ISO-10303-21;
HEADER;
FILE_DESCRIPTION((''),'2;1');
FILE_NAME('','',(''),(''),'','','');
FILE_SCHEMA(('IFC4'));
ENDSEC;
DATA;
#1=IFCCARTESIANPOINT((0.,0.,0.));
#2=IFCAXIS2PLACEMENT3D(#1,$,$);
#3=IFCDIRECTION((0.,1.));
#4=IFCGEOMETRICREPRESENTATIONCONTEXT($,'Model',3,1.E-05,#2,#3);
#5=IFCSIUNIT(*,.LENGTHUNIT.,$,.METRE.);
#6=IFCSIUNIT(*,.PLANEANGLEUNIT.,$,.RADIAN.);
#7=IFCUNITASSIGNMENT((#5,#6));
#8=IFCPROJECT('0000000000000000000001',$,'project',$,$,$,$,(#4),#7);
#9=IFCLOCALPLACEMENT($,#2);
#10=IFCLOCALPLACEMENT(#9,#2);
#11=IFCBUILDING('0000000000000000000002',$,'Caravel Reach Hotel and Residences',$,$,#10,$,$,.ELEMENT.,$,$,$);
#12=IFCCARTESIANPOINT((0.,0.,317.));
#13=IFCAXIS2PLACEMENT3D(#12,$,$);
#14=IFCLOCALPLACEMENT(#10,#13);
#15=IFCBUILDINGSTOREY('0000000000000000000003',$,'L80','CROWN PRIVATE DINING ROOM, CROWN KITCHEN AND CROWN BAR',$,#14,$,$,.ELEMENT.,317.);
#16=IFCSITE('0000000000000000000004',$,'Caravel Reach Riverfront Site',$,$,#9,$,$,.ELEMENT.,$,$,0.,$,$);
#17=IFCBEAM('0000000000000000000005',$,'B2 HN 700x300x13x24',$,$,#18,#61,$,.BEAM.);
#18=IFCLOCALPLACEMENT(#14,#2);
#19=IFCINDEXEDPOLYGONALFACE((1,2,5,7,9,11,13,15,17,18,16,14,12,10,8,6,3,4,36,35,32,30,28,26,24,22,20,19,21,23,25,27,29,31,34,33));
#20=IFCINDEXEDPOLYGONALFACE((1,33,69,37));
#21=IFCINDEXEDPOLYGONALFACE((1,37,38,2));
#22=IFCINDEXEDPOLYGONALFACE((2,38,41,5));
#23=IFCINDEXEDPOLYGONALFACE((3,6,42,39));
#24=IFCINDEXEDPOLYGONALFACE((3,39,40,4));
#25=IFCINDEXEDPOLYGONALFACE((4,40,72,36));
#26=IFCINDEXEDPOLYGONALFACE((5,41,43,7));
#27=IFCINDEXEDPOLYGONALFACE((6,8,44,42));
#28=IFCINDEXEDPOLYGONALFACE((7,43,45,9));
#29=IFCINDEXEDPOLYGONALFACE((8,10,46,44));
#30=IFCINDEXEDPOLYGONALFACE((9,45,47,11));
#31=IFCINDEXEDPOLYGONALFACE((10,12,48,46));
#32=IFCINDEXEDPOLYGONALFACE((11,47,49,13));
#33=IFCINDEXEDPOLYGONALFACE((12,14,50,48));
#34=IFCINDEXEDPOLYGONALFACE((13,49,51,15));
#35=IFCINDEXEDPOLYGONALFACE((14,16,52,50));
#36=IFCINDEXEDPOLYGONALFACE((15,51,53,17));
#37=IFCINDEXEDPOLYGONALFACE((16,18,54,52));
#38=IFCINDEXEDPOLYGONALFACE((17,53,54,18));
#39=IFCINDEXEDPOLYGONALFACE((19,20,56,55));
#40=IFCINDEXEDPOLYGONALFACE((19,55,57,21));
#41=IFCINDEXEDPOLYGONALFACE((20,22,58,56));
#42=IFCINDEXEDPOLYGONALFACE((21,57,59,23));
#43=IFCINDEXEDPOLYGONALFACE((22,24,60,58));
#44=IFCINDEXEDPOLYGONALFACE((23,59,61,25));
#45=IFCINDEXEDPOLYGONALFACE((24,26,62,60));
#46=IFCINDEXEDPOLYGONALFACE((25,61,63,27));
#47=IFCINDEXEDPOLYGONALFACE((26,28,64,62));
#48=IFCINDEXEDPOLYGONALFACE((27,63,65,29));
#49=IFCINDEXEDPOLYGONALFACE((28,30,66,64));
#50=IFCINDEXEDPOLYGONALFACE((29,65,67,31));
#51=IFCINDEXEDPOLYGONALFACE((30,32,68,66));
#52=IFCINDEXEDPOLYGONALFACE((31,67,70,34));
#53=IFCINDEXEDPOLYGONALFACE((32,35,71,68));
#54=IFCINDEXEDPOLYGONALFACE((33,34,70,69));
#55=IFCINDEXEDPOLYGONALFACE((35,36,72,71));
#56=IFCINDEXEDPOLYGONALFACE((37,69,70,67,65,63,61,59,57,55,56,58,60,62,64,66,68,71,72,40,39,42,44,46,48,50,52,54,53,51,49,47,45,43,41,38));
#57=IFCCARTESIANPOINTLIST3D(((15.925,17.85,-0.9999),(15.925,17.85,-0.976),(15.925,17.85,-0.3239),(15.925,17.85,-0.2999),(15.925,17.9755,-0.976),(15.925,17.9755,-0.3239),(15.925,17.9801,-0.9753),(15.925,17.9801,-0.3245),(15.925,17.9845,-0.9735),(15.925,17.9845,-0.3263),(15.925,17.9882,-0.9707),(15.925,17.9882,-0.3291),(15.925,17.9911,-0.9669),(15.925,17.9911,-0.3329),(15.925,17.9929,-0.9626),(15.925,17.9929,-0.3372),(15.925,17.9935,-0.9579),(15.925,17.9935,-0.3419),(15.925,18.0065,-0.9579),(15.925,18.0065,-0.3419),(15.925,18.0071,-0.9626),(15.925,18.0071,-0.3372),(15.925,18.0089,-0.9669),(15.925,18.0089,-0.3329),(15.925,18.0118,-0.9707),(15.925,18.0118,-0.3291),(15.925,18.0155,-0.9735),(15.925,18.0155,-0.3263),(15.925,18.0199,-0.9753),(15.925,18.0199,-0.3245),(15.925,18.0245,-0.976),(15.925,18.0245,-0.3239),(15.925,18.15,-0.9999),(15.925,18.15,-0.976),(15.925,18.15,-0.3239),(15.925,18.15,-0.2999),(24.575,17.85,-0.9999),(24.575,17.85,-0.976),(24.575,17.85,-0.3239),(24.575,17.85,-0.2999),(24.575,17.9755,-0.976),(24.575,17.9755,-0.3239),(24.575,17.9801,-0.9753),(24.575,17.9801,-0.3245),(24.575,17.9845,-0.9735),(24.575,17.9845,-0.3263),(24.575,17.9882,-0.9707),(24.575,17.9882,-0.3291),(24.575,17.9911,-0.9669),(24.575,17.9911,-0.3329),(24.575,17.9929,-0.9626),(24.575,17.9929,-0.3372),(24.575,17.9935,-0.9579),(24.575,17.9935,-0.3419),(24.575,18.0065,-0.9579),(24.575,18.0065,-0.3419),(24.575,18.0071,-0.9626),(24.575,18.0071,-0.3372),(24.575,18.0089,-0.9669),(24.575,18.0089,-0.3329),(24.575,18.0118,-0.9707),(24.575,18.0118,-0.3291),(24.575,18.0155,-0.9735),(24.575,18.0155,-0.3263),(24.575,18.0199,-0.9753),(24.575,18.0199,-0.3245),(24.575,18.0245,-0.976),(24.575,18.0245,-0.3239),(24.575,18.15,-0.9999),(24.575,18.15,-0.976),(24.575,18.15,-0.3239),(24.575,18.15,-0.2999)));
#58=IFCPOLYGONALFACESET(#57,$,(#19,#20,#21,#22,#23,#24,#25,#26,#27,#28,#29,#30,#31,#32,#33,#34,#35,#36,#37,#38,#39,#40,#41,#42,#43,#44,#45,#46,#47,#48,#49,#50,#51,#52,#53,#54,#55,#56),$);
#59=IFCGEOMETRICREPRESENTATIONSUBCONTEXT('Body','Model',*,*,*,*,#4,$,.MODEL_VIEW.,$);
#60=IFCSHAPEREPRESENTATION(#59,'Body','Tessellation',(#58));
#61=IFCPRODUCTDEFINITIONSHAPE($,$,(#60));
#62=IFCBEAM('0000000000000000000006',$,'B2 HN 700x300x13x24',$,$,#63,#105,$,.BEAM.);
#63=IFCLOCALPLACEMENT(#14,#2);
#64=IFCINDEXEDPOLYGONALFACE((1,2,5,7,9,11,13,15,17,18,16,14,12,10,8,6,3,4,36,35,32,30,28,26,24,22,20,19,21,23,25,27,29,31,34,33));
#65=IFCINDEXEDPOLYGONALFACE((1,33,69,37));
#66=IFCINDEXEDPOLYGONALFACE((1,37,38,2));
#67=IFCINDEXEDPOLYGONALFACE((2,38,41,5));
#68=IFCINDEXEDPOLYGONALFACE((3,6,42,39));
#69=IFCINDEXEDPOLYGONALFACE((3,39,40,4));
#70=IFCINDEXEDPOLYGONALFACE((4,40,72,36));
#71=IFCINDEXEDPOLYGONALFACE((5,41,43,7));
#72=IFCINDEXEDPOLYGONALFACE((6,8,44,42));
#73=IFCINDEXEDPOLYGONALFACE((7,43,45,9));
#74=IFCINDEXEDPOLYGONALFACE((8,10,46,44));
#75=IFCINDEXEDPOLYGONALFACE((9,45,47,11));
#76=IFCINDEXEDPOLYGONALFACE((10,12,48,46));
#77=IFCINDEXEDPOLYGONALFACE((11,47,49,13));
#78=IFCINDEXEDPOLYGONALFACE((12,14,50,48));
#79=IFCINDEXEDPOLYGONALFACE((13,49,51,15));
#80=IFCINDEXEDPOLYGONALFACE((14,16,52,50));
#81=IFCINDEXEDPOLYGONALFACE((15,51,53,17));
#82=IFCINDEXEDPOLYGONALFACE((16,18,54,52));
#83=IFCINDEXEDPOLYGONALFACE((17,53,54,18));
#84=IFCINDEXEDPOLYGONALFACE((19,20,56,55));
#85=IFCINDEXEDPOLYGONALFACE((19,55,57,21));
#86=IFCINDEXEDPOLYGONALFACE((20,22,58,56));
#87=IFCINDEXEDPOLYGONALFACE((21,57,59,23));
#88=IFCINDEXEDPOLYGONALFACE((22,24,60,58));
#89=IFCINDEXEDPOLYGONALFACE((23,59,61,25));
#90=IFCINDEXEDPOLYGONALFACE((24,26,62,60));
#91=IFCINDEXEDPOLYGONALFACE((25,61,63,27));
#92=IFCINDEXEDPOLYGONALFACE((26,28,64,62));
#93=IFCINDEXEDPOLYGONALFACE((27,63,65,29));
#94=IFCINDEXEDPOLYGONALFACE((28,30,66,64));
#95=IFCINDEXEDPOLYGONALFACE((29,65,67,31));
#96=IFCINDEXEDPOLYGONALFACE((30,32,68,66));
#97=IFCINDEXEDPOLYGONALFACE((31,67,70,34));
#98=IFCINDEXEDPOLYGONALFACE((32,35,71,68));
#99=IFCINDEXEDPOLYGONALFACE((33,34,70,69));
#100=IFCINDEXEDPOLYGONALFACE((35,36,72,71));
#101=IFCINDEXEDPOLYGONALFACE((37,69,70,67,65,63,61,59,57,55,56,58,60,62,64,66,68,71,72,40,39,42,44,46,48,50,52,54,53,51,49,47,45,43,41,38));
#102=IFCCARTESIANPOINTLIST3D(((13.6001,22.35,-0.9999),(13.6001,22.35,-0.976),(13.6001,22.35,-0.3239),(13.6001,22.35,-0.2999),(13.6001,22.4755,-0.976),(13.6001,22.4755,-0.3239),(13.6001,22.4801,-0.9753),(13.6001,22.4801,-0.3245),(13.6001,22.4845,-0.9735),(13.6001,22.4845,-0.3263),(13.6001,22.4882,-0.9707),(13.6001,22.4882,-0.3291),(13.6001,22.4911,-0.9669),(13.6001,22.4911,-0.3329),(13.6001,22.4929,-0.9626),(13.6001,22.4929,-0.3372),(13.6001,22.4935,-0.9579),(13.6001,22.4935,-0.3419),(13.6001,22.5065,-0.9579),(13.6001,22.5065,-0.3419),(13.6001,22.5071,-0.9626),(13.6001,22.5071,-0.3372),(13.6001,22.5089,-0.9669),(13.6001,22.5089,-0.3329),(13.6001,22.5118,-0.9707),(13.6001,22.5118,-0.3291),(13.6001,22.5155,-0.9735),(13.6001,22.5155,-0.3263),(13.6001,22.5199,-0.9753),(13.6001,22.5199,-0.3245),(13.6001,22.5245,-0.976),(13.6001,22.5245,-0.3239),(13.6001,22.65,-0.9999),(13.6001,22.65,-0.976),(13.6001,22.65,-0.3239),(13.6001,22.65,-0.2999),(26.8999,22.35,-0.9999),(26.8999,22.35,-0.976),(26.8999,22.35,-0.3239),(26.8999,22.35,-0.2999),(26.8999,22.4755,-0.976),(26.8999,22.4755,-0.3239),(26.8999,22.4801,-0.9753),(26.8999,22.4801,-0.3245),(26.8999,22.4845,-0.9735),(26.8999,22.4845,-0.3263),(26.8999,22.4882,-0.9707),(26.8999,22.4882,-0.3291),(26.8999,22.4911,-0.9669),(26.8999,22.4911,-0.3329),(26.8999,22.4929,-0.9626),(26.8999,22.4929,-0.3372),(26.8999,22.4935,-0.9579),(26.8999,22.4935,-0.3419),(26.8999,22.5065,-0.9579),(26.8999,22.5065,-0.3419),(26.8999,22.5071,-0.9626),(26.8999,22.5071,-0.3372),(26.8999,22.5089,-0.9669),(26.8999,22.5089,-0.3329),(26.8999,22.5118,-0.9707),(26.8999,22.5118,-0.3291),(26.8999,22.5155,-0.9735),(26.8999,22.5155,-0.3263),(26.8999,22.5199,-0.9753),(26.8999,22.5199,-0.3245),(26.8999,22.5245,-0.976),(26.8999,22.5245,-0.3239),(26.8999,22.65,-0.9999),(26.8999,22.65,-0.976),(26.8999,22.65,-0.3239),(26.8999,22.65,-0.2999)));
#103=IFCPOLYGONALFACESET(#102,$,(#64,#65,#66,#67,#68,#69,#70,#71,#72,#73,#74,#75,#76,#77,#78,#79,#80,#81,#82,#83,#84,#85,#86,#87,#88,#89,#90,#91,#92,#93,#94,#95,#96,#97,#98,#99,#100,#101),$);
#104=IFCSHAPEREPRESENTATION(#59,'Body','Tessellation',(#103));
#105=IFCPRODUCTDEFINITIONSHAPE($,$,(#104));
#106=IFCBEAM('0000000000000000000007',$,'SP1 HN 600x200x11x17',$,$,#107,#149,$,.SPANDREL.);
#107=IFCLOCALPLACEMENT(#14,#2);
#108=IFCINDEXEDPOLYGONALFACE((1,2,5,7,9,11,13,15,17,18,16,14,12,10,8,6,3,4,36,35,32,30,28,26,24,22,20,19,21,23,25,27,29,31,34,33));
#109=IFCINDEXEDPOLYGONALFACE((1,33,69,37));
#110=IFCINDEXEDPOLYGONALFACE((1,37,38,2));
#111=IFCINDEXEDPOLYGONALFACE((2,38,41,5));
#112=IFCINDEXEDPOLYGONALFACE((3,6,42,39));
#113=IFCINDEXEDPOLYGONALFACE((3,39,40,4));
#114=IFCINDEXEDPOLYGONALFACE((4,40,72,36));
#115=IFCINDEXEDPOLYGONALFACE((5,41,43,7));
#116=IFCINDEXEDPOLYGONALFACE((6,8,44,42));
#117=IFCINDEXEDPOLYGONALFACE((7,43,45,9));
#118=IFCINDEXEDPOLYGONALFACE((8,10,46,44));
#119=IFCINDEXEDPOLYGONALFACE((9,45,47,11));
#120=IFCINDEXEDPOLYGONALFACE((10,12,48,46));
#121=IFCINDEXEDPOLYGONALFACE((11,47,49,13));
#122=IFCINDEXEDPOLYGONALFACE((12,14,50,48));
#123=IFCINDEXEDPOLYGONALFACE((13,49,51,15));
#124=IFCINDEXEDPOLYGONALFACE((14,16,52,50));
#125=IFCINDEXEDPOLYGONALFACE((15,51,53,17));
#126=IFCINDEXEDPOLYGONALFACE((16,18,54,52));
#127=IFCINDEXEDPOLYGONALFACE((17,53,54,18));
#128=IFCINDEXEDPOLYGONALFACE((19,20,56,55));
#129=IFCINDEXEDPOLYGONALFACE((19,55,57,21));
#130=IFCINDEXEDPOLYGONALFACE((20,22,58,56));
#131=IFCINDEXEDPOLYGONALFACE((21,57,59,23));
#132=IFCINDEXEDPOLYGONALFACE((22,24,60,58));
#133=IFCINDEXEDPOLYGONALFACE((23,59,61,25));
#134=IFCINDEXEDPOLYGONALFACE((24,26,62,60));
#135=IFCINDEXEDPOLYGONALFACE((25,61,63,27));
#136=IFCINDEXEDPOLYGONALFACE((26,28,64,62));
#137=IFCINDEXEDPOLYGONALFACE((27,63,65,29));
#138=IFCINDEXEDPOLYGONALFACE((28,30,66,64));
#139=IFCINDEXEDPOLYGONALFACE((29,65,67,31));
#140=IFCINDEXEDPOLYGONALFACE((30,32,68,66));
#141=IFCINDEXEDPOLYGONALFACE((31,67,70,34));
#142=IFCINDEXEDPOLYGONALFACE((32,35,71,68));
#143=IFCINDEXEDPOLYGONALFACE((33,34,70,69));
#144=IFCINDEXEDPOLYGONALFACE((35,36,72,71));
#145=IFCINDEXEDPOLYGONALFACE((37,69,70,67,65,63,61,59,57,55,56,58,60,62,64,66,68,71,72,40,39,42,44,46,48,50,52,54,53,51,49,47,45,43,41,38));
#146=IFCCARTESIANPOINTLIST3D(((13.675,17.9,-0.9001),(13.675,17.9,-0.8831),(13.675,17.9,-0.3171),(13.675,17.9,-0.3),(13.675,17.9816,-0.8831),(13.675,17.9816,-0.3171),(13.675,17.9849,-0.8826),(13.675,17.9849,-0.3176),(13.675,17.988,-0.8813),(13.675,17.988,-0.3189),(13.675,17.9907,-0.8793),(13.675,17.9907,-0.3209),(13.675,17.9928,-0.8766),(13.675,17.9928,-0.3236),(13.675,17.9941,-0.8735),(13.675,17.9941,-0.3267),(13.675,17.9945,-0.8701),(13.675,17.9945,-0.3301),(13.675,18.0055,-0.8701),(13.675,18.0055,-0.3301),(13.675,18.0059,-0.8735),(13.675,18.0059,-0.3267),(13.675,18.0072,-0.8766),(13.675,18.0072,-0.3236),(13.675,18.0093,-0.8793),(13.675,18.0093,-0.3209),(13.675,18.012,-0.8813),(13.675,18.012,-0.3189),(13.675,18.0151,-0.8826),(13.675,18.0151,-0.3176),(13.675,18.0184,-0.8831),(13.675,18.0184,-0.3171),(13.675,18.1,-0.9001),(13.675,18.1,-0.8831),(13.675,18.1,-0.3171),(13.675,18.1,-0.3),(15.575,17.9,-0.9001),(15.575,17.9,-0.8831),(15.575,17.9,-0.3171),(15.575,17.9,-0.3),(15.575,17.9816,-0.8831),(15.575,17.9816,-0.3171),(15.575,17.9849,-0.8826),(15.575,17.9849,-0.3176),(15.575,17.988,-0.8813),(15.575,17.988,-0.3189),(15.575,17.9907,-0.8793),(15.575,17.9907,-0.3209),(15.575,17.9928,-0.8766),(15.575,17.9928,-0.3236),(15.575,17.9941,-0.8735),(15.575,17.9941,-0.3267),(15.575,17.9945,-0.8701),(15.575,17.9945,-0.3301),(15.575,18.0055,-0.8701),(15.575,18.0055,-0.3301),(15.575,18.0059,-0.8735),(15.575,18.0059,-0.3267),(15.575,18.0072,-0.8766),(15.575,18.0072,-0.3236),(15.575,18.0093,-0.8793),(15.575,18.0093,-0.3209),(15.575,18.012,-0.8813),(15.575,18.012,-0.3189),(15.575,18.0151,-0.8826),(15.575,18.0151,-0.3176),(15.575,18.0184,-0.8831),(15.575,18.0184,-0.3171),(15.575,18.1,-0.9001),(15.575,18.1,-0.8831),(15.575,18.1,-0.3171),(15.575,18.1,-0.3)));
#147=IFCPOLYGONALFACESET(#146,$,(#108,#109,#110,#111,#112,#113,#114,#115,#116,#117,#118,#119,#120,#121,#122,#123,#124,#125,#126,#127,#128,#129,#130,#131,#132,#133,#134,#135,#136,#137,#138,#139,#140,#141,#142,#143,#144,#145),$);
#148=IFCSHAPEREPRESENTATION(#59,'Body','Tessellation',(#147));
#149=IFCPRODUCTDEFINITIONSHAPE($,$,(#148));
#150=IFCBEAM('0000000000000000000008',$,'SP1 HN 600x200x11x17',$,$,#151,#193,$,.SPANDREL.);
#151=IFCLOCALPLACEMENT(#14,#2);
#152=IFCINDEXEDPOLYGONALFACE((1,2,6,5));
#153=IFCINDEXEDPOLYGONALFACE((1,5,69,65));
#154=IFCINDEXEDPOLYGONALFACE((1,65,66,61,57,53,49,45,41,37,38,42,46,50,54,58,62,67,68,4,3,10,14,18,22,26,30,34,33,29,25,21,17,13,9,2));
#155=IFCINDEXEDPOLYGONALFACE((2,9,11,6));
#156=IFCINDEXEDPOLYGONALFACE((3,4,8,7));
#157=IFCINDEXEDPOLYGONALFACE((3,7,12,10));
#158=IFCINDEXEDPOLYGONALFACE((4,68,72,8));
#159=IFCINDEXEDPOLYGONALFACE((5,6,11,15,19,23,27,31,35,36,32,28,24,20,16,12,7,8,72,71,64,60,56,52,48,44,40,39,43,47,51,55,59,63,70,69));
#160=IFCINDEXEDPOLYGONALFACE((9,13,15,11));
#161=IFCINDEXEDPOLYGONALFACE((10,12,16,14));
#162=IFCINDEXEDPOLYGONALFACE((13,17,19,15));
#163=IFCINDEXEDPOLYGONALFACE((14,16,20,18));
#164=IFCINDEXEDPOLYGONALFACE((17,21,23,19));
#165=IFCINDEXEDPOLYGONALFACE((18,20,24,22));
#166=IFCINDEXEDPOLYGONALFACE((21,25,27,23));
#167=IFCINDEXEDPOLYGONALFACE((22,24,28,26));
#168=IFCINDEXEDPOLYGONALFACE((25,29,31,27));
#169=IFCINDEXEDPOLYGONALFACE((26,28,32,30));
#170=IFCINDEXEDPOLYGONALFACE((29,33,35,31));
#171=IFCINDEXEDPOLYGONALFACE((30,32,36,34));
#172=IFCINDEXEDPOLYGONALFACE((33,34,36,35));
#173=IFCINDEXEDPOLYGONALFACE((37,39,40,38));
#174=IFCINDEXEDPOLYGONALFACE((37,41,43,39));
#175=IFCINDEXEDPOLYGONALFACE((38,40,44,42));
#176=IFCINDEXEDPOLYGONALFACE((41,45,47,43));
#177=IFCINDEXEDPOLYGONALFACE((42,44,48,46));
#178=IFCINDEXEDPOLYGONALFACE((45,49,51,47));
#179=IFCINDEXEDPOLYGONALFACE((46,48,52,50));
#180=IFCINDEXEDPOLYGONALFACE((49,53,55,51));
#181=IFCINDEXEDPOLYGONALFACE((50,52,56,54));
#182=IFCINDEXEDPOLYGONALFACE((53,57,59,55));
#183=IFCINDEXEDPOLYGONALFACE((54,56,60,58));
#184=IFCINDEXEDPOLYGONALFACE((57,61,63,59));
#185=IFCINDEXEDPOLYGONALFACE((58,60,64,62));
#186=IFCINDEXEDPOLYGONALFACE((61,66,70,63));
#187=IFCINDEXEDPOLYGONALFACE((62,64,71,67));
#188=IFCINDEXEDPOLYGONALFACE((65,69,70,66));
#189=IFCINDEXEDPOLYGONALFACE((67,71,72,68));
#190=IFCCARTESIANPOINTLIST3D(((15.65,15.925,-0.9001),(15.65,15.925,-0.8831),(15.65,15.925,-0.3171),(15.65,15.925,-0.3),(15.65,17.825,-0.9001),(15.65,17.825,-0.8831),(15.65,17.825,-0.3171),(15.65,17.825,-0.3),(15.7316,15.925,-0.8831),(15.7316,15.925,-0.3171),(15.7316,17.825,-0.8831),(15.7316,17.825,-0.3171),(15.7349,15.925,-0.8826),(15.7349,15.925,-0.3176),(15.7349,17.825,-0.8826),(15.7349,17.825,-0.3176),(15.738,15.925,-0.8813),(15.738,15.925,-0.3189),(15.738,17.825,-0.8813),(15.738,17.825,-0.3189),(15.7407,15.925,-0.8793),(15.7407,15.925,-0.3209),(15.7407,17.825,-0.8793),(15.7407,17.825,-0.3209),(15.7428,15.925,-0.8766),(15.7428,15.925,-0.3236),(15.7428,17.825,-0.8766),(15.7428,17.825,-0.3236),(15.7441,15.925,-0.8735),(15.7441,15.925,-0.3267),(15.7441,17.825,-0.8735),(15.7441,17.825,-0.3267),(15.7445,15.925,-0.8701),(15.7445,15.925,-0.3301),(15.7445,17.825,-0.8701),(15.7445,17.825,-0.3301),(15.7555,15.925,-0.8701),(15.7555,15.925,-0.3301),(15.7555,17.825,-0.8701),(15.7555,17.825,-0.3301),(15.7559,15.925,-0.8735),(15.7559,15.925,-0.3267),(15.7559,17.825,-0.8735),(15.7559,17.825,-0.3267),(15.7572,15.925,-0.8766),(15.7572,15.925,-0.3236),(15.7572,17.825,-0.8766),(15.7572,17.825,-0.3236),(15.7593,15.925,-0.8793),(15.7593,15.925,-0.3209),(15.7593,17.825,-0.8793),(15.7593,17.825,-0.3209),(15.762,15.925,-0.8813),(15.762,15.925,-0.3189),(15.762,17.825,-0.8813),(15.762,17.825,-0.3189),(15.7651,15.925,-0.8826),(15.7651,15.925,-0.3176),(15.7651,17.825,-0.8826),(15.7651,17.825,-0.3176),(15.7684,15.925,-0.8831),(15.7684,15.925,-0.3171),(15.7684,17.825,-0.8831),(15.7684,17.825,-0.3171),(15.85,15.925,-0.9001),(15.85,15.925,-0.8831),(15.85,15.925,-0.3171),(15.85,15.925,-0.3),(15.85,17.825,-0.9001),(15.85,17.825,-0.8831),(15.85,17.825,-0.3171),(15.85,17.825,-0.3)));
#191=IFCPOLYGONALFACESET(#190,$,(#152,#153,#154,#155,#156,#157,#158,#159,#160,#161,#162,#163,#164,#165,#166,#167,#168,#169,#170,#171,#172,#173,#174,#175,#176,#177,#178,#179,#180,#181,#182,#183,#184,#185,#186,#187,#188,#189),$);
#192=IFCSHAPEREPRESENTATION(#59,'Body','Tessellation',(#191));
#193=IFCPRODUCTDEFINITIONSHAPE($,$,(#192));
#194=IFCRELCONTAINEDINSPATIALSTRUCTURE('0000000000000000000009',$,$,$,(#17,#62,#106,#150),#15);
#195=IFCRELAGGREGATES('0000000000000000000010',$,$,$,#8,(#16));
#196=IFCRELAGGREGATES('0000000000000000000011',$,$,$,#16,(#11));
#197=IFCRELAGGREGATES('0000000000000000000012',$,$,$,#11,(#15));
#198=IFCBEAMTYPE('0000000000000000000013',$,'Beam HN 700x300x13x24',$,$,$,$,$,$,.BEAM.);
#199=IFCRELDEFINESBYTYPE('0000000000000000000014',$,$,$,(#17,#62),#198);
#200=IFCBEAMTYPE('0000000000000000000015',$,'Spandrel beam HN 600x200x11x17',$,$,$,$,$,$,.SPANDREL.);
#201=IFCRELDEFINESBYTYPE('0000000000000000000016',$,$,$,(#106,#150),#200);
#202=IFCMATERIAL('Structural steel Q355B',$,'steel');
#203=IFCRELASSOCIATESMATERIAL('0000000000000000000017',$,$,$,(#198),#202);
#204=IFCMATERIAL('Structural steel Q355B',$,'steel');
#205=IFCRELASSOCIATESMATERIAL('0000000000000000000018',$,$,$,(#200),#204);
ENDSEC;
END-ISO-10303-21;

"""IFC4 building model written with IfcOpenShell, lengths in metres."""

from ifc_helpers import new_model, si_unit, direction, frame, origin, origin_2d, place, context, subcontext, project, spatial, i_section, extrude, material, material_profile, profile_set, type_object, element, save


model = new_model("IFC4")

# Units and contexts
model_context = context("Model", 3, precision=1e-05, world=origin(), true_north=direction((0.0, 1.0)))
body_context = subcontext(model_context, "Body", "Model", "MODEL_VIEW")
ifc_project = project(units=[si_unit("LENGTHUNIT", "METRE"), si_unit("PLANEANGLEUNIT", "RADIAN")], contexts=[model_context])

# Site, building, storey
site_placement = place(None, origin())
site = spatial("IfcSite", under=ifc_project, at=site_placement, Name="Caravel Reach Riverfront Site", CompositionType="ELEMENT", RefElevation=0.0)
building_placement = place(site_placement, origin())
building = spatial("IfcBuilding", under=site, at=building_placement, Name="Caravel Reach Hotel and Residences", CompositionType="ELEMENT")
storey_placement = place(building_placement, frame((0.0, 0.0, 317.0)))
storey = spatial("IfcBuildingStorey", under=building, at=storey_placement, Name="L80", Description="CROWN PRIVATE DINING ROOM, CROWN KITCHEN AND CROWN BAR", CompositionType="ELEMENT", Elevation=317.0)

# Beams
ifc_material_1 = material(Name="Structural steel Q355B", Category="steel")
ifc_material_profile_1 = material_profile(ifc_material_1, i_section(OverallWidth=0.3, OverallDepth=0.7, WebThickness=0.0129, FlangeThickness=0.0239, FilletRadius=0.0181, at=origin_2d()), Name="HN 700x300x13x24")
ifc_profile_set_1 = profile_set([ifc_material_profile_1], Name="Structural steel Q355B")
beam_type_1 = type_object("IfcBeamType", Name="Beam HN 700x300x13x24", PredefinedType="BEAM", material=ifc_profile_set_1)
beam_1_placement = place(storey_placement, frame((15.925, 18.0, -0.6499), z_axis=(1.0, 0.0, 0.0), x_axis=(0.0, 1.0, 0.0)))
element("IfcBeam", 1, at=beam_1_placement, inside=storey, type_object=beam_type_1, Name="B2 HN 700x300x13x24", PredefinedType="BEAM", context=body_context, shape_type="SweptSolid", body=[
    extrude(i_section(OverallWidth=0.3, OverallDepth=0.7, WebThickness=0.0129, FlangeThickness=0.0239, FilletRadius=0.0181, at=origin_2d()), origin(), (0.0, 0.0, 1.0), 8.6499),
])
beam_2_placement = place(storey_placement, frame((13.6001, 22.5, -0.6499), z_axis=(1.0, 0.0, 0.0), x_axis=(0.0, 1.0, 0.0)))
element("IfcBeam", 2, at=beam_2_placement, inside=storey, type_object=beam_type_1, Name="B2 HN 700x300x13x24", PredefinedType="BEAM", context=body_context, shape_type="SweptSolid", body=[
    extrude(i_section(OverallWidth=0.3, OverallDepth=0.7, WebThickness=0.0129, FlangeThickness=0.0239, FilletRadius=0.0181, at=origin_2d()), origin(), (0.0, 0.0, 1.0), 13.2998),
])
ifc_material_2 = material(Name="Structural steel Q355B", Category="steel")
ifc_material_profile_2 = material_profile(ifc_material_2, i_section(OverallWidth=0.2, OverallDepth=0.6001, WebThickness=0.011, FlangeThickness=0.0171, FilletRadius=0.0129, at=origin_2d()), Name="HN 600x200x11x17")
ifc_profile_set_2 = profile_set([ifc_material_profile_2], Name="Structural steel Q355B")
beam_type_2 = type_object("IfcBeamType", Name="Spandrel beam HN 600x200x11x17", PredefinedType="SPANDREL", material=ifc_profile_set_2)
for number, where, z_axis, x_axis, name in (
    (3, (13.675, 18.0, -0.6001), (1.0, 0.0, 0.0), (0.0, 1.0, 0.0), "SP1 HN 600x200x11x17"),
    (4, (15.75, 17.825, -0.6001), (0.0, -1.0, 0.0), (1.0, 0.0, 0.0), "SP1 HN 600x200x11x17"),
):
    element("IfcBeam", number, at=place(storey_placement, frame(where, z_axis=z_axis, x_axis=x_axis)), inside=storey, type_object=beam_type_2, Name=name, PredefinedType="SPANDREL", context=body_context, shape_type="SweptSolid", body=[
        extrude(i_section(OverallWidth=0.2, OverallDepth=0.6001, WebThickness=0.011, FlangeThickness=0.0171, FilletRadius=0.0129, at=origin_2d()), origin(), (0.0, 0.0, 1.0), 1.8999),
    ])

save(model, "model.ifc")
